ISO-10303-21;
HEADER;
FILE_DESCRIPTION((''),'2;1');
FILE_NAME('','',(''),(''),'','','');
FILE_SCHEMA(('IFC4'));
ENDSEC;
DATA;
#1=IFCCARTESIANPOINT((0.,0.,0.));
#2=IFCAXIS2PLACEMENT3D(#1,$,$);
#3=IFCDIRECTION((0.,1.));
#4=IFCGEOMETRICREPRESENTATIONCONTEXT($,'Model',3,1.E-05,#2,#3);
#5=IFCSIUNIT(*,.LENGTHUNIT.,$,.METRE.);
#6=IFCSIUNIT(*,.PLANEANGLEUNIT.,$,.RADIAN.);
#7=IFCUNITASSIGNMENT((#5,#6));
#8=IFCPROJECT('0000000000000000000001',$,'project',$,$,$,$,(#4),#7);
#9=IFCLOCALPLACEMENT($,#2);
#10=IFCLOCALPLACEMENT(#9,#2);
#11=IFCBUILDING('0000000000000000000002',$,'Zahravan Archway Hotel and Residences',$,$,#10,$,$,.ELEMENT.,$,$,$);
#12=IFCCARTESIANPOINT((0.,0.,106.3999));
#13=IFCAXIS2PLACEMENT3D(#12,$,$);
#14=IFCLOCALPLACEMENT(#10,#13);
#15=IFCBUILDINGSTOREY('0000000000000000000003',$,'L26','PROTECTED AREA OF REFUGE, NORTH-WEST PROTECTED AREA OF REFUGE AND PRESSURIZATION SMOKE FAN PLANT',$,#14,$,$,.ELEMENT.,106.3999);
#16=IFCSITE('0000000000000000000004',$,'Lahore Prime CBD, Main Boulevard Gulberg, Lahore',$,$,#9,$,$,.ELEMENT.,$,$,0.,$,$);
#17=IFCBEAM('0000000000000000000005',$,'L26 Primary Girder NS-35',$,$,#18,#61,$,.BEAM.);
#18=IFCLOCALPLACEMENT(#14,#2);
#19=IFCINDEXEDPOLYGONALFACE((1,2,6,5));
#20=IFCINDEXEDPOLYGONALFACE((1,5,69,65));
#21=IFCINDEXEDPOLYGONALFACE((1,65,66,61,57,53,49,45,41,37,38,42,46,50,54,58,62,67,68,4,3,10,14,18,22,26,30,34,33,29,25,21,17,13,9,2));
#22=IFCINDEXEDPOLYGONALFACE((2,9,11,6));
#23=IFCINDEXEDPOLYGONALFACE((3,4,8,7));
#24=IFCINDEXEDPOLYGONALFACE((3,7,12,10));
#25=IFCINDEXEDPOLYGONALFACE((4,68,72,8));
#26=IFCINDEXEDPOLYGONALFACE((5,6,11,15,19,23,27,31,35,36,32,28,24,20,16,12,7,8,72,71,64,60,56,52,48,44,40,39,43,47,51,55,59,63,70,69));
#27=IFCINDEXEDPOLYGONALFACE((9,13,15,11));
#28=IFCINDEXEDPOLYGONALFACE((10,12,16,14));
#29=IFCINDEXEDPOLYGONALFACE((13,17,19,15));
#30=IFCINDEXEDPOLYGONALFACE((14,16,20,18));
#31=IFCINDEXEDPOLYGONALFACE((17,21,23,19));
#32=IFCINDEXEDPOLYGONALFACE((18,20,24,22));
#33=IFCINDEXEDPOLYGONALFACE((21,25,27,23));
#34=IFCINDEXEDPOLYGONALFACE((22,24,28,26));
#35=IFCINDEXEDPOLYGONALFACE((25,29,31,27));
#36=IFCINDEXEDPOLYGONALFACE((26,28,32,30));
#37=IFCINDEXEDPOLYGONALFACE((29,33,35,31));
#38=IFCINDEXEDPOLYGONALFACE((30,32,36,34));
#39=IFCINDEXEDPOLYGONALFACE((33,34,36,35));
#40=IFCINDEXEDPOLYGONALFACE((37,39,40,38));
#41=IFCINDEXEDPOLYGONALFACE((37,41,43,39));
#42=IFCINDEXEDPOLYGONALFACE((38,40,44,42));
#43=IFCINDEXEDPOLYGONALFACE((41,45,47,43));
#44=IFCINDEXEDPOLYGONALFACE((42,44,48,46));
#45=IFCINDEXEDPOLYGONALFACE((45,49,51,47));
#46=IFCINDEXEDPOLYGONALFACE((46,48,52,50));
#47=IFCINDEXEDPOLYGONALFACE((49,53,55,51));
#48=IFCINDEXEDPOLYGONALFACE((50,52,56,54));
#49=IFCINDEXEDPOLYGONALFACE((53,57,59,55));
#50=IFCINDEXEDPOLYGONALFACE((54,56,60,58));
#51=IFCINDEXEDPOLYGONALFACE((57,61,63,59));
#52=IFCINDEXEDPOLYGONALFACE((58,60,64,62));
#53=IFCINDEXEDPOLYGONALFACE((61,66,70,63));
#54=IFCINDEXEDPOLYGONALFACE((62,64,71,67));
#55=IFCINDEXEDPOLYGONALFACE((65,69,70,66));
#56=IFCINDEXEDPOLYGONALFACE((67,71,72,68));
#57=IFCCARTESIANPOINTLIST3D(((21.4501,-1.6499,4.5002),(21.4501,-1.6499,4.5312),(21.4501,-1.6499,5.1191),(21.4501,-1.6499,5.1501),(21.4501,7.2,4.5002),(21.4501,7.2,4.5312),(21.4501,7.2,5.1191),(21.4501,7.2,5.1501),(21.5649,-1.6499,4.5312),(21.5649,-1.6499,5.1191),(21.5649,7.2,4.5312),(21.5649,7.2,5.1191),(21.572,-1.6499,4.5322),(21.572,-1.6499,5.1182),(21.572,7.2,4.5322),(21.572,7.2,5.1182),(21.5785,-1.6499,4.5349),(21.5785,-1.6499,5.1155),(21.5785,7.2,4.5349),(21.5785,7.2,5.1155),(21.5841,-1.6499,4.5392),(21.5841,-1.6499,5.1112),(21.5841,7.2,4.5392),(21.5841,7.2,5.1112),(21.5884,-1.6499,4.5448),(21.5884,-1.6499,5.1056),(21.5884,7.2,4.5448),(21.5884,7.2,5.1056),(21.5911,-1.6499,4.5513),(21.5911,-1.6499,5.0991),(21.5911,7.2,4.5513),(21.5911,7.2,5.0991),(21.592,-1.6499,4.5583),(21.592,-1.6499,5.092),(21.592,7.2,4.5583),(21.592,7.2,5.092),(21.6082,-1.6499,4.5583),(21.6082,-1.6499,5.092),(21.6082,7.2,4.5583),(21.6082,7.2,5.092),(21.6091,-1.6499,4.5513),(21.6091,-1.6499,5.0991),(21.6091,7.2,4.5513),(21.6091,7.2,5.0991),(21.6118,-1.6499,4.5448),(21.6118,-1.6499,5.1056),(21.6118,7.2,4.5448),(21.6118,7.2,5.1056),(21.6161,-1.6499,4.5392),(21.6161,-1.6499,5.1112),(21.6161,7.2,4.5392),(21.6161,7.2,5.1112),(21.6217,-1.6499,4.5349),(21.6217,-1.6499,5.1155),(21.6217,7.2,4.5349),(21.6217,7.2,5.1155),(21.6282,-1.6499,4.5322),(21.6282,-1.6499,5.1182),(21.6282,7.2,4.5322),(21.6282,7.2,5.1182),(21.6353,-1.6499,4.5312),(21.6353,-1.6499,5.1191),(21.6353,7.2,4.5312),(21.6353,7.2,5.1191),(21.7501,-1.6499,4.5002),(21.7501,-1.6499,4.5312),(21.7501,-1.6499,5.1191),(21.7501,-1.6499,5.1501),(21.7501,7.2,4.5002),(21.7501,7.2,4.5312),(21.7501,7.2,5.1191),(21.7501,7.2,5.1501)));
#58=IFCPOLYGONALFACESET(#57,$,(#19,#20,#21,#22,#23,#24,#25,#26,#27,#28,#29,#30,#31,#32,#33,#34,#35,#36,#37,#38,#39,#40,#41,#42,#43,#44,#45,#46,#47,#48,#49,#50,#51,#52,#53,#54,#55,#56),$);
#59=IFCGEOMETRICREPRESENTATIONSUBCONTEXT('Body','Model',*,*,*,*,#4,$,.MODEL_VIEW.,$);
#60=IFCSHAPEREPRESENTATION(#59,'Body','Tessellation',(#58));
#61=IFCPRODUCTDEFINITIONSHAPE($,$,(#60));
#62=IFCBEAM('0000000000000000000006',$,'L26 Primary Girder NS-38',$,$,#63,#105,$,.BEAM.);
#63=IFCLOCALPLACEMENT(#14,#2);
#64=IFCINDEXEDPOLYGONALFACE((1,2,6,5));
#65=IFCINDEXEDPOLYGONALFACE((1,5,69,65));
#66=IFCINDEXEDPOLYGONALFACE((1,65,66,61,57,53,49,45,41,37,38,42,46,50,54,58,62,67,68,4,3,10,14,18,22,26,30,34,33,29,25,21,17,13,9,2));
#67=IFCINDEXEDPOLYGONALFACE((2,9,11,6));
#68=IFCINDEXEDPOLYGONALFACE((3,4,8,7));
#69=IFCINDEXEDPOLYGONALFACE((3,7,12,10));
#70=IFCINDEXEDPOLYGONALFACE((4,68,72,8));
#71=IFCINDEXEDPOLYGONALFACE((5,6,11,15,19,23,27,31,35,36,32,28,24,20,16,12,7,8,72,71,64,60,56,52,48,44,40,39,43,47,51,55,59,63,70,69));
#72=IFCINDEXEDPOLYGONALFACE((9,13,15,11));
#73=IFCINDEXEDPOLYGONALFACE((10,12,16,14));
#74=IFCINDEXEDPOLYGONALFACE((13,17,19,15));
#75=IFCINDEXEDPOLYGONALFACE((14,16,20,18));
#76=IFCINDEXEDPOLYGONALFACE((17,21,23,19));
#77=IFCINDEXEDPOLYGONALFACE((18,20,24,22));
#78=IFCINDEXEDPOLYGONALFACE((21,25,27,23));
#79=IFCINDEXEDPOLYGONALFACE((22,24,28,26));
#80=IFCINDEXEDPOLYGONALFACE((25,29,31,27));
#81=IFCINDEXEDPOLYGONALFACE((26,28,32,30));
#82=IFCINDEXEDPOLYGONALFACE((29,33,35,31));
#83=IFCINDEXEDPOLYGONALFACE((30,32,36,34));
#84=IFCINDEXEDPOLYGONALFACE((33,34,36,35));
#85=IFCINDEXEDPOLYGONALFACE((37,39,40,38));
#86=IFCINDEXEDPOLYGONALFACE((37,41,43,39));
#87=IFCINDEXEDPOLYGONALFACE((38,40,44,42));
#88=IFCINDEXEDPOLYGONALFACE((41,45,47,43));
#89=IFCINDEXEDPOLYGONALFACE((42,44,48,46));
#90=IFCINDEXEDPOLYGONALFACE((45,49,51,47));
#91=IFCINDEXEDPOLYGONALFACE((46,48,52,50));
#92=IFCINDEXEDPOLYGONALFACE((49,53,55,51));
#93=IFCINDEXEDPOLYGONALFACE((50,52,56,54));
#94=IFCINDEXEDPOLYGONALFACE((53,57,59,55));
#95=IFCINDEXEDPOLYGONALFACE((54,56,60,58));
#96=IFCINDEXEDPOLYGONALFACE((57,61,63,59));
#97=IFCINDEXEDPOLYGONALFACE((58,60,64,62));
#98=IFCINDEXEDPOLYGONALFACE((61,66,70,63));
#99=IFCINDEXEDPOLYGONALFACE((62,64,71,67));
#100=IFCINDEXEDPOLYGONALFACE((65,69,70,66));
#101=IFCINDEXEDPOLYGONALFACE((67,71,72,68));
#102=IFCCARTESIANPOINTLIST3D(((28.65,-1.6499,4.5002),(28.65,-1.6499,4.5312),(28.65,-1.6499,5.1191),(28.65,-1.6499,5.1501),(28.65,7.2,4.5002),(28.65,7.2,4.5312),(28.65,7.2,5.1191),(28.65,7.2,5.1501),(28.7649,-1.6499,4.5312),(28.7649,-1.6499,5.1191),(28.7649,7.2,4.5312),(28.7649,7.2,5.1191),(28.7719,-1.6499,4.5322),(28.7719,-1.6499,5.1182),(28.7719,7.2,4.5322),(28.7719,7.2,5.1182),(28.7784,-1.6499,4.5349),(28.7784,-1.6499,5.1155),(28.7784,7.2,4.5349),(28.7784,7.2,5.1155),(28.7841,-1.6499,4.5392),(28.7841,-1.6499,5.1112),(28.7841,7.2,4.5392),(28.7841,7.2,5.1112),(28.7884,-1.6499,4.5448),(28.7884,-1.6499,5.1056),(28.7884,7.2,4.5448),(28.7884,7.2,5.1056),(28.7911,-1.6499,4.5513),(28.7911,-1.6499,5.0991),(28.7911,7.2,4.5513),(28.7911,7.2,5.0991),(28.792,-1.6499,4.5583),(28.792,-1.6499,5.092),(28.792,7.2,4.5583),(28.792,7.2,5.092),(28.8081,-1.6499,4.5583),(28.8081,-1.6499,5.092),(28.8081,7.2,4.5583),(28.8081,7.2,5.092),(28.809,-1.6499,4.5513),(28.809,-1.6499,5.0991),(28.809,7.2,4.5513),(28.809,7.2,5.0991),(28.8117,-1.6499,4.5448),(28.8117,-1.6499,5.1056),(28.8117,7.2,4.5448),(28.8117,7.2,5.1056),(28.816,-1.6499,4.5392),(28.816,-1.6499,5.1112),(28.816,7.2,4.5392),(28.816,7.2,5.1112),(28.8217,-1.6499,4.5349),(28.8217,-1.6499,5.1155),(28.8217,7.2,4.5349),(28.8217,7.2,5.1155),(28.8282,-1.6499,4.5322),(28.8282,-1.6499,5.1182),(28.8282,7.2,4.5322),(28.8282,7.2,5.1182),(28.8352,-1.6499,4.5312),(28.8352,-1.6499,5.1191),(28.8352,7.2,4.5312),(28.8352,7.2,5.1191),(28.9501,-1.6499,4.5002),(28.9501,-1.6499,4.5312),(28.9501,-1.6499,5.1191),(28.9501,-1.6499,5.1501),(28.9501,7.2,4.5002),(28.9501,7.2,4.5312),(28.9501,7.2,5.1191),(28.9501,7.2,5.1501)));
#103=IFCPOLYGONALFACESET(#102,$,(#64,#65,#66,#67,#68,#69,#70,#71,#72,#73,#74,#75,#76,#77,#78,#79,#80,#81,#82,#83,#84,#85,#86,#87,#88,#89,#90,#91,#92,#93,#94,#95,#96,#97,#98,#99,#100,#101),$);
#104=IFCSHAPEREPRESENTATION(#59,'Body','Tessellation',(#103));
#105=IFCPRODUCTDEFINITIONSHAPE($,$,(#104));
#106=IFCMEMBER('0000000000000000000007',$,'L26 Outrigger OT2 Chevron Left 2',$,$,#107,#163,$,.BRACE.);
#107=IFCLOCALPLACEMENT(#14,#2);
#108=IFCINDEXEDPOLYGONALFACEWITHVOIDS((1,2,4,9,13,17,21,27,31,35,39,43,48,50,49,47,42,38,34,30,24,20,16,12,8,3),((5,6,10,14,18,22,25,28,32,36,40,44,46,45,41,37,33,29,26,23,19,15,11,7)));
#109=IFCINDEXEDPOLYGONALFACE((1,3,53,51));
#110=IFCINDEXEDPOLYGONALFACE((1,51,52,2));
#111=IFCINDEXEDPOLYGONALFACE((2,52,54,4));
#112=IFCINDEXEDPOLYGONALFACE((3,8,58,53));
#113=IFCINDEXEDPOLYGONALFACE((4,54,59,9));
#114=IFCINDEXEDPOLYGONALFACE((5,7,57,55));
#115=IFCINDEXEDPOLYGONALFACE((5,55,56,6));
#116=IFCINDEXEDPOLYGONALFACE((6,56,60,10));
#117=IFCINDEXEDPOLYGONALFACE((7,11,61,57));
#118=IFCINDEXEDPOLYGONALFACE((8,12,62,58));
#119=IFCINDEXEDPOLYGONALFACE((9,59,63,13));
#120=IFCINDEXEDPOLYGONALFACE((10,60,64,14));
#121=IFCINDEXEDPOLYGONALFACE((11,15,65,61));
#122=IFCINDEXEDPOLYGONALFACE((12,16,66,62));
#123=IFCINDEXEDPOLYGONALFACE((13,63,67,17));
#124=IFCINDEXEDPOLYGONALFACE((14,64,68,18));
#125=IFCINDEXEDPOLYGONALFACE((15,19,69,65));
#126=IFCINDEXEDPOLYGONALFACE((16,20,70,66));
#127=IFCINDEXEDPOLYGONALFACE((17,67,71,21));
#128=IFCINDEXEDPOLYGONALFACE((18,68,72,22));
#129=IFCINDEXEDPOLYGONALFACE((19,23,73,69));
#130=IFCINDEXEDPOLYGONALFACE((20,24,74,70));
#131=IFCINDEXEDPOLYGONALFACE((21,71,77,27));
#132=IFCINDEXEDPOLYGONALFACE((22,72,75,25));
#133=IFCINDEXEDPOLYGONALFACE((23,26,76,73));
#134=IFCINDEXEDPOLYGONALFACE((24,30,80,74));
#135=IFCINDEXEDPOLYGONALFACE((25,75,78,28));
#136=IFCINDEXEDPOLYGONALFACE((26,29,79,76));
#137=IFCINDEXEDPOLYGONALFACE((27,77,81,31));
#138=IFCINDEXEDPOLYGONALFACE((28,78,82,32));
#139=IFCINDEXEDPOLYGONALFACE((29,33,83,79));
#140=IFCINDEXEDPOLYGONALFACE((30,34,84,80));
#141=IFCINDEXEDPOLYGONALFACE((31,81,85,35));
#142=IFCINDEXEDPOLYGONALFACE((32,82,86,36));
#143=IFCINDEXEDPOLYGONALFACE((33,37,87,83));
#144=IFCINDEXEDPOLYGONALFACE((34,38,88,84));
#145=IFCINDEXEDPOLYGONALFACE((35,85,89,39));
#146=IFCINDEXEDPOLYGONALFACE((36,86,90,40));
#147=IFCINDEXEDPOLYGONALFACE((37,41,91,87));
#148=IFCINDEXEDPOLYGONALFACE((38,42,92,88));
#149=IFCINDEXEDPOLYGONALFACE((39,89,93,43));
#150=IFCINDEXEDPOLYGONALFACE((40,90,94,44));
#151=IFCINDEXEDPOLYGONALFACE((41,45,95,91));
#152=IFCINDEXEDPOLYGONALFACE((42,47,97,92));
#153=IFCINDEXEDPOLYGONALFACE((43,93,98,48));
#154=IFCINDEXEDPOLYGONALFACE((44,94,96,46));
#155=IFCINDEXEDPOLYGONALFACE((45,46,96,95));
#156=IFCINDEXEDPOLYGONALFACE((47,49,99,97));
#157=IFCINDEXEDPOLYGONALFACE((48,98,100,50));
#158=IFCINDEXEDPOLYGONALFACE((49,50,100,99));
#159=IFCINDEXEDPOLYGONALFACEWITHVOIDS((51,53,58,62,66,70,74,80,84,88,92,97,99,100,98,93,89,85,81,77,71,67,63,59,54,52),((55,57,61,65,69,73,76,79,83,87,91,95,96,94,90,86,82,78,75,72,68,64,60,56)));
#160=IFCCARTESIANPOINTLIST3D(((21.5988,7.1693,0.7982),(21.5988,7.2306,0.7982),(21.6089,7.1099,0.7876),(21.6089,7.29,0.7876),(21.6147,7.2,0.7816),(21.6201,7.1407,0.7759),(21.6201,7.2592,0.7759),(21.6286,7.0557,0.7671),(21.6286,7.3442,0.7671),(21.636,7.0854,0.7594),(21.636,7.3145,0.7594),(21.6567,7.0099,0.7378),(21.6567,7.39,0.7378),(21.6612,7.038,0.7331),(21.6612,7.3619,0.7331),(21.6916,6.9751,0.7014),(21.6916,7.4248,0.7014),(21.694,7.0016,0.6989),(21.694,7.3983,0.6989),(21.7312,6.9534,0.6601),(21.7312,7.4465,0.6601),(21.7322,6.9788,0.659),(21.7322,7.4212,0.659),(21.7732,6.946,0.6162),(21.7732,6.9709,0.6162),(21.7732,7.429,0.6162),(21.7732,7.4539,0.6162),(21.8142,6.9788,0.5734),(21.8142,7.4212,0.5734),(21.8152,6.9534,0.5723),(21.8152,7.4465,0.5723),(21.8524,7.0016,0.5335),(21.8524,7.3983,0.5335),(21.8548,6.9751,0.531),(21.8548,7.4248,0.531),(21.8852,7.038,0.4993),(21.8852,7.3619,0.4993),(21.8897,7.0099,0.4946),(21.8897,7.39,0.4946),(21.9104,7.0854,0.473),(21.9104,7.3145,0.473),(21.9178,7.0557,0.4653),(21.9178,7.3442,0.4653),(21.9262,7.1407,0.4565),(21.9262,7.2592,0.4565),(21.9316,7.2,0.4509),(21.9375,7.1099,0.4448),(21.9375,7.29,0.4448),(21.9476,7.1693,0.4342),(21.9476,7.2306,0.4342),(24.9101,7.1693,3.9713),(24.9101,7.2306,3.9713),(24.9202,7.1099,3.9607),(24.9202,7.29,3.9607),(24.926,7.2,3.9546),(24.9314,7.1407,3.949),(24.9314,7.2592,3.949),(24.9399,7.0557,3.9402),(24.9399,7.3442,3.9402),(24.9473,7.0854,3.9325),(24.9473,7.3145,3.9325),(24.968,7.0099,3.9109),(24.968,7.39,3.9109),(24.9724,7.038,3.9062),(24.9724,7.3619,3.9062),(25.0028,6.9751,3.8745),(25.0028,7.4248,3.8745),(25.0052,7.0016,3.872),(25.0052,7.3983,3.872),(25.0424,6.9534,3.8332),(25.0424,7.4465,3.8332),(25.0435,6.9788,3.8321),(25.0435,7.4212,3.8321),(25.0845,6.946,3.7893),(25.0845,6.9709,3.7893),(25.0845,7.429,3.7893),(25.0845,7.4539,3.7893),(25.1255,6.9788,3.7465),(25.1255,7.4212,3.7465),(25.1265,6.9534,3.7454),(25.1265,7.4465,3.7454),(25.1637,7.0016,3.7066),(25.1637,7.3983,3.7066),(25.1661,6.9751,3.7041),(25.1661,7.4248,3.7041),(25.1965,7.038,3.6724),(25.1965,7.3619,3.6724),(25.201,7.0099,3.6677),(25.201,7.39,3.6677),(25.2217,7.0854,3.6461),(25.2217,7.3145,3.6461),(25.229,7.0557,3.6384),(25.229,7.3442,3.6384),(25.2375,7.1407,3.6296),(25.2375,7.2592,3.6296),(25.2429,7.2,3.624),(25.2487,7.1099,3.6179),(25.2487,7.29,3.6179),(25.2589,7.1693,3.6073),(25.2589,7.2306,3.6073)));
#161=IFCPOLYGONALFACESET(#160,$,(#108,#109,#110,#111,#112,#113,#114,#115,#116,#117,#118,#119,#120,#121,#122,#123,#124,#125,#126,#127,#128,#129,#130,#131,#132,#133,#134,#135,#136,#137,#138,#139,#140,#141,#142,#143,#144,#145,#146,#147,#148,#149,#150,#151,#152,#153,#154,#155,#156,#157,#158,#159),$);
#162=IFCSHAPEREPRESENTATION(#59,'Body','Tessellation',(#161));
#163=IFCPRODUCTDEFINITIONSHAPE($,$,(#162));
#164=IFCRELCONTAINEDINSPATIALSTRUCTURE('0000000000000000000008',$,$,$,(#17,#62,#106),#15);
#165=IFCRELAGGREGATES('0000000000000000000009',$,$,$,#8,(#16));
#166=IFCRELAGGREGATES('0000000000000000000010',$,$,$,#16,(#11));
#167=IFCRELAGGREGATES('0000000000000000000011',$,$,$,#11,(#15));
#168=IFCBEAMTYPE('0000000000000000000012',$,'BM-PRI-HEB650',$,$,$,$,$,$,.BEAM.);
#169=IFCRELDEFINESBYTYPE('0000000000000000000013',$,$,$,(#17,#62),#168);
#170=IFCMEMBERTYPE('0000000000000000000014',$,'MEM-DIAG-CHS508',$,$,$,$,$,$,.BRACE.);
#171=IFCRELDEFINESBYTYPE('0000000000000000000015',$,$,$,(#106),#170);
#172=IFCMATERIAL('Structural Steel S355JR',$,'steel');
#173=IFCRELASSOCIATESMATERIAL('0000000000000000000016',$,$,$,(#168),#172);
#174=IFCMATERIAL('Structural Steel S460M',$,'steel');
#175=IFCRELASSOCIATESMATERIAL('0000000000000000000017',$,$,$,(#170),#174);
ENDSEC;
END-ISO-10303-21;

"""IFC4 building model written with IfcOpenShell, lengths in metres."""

from ifc_helpers import new_model, si_unit, direction, frame, origin, origin_2d, place, context, subcontext, project, spatial, hollow_circle, i_section, extrude, source, transform, mapped, material, material_profile, profile_set, type_object, type_shapes, element, save


model = new_model("IFC4")

# Units and contexts
model_context = context("Model", 3, precision=1e-05, world=origin(), true_north=direction((0.0, 1.0)))
body_context = subcontext(model_context, "Body", "Model", "MODEL_VIEW")
ifc_project = project(units=[si_unit("LENGTHUNIT", "METRE"), si_unit("PLANEANGLEUNIT", "RADIAN")], contexts=[model_context])

# Site, building, storey
site_placement = place(None, origin())
site = spatial("IfcSite", under=ifc_project, at=site_placement, Name="Lahore Prime CBD, Main Boulevard Gulberg, Lahore", CompositionType="ELEMENT", RefElevation=0.0)
building_placement = place(site_placement, origin())
building = spatial("IfcBuilding", under=site, at=building_placement, Name="Zahravan Archway Hotel and Residences", CompositionType="ELEMENT")
storey_placement = place(building_placement, frame((0.0, 0.0, 106.3999)))
storey = spatial("IfcBuildingStorey", under=building, at=storey_placement, Name="L26", Description="PROTECTED AREA OF REFUGE, NORTH-WEST PROTECTED AREA OF REFUGE AND PRESSURIZATION SMOKE FAN PLANT", CompositionType="ELEMENT", Elevation=106.3999)

# Shared definitions
ifc_material_1 = material(Name="Structural Steel S460M", Category="steel")

# Beams
ifc_material_2 = material(Name="Structural Steel S355JR", Category="steel")
ifc_material_profile_1 = material_profile(ifc_material_2, i_section(OverallWidth=0.3, OverallDepth=0.6499, WebThickness=0.0161, FlangeThickness=0.031, FilletRadius=0.0271, at=origin_2d()), Name="HEB 650", Category="steel")
ifc_profile_set_1 = profile_set([ifc_material_profile_1], Name="Structural Steel S355JR")
beam_type_1 = type_object("IfcBeamType", Name="BM-PRI-HEB650", PredefinedType="BEAM", material=ifc_profile_set_1)
shared_shape_1 = source(origin(), body_context, "Body", "SweptSolid", [
    extrude(i_section(OverallWidth=0.3, OverallDepth=0.6499, WebThickness=0.0161, FlangeThickness=0.031, FilletRadius=0.0271, at=origin_2d()), origin(), (0.0, 0.0, 1.0), 8.8499),
])
for number, where, z_axis, x_axis, name in (
    (1, (21.6001, -1.6499, 4.8252), (0.0, 1.0, 0.0), (-1.0, 0.0, 0.0), "L26 Primary Girder NS-35"),
    (2, (28.8, -1.6499, 4.8252), (0.0, 1.0, 0.0), (-1.0, 0.0, 0.0), "L26 Primary Girder NS-38"),
):
    element("IfcBeam", number, at=place(storey_placement, frame(where, z_axis=z_axis, x_axis=x_axis)), inside=storey, type_object=beam_type_1, Name=name, PredefinedType="BEAM", context=body_context, shape_type="MappedRepresentation", body=[
        mapped(shared_shape_1, transform((0.0, 0.0, 0.0), scale=1.0)),
    ])

# Member
ifc_material_profile_2 = material_profile(ifc_material_1, hollow_circle(Radius=0.2539, WallThickness=0.0249, at=origin_2d()), Name="CHS 508x25", Category="steel")
ifc_profile_set_2 = profile_set([ifc_material_profile_2], Name="Structural Steel S460M")
member_type_1 = type_object("IfcMemberType", Name="MEM-DIAG-CHS508", PredefinedType="BRACE", material=ifc_profile_set_2)
shared_shape_2 = source(origin(), body_context, "Body", "SweptSolid", [
    extrude(hollow_circle(Radius=0.2539, WallThickness=0.0249, at=origin_2d()), origin(), (0.0, 0.0, 1.0), 4.5862),
])
type_shapes(member_type_1, [shared_shape_2])
member_1_placement = place(storey_placement, frame((21.7732, 7.2, 0.6162), z_axis=(0.722011, 0.0, 0.691881), x_axis=(0.0, 1.0, 0.0)))
element("IfcMember", 3, at=member_1_placement, inside=storey, type_object=member_type_1, Name="L26 Outrigger OT2 Chevron Left 2", PredefinedType="BRACE", context=body_context, shape_type="MappedRepresentation", body=[
    mapped(shared_shape_2, transform((0.0, 0.0, 0.0), scale=1.0)),
])

save(model, "model.ifc")
